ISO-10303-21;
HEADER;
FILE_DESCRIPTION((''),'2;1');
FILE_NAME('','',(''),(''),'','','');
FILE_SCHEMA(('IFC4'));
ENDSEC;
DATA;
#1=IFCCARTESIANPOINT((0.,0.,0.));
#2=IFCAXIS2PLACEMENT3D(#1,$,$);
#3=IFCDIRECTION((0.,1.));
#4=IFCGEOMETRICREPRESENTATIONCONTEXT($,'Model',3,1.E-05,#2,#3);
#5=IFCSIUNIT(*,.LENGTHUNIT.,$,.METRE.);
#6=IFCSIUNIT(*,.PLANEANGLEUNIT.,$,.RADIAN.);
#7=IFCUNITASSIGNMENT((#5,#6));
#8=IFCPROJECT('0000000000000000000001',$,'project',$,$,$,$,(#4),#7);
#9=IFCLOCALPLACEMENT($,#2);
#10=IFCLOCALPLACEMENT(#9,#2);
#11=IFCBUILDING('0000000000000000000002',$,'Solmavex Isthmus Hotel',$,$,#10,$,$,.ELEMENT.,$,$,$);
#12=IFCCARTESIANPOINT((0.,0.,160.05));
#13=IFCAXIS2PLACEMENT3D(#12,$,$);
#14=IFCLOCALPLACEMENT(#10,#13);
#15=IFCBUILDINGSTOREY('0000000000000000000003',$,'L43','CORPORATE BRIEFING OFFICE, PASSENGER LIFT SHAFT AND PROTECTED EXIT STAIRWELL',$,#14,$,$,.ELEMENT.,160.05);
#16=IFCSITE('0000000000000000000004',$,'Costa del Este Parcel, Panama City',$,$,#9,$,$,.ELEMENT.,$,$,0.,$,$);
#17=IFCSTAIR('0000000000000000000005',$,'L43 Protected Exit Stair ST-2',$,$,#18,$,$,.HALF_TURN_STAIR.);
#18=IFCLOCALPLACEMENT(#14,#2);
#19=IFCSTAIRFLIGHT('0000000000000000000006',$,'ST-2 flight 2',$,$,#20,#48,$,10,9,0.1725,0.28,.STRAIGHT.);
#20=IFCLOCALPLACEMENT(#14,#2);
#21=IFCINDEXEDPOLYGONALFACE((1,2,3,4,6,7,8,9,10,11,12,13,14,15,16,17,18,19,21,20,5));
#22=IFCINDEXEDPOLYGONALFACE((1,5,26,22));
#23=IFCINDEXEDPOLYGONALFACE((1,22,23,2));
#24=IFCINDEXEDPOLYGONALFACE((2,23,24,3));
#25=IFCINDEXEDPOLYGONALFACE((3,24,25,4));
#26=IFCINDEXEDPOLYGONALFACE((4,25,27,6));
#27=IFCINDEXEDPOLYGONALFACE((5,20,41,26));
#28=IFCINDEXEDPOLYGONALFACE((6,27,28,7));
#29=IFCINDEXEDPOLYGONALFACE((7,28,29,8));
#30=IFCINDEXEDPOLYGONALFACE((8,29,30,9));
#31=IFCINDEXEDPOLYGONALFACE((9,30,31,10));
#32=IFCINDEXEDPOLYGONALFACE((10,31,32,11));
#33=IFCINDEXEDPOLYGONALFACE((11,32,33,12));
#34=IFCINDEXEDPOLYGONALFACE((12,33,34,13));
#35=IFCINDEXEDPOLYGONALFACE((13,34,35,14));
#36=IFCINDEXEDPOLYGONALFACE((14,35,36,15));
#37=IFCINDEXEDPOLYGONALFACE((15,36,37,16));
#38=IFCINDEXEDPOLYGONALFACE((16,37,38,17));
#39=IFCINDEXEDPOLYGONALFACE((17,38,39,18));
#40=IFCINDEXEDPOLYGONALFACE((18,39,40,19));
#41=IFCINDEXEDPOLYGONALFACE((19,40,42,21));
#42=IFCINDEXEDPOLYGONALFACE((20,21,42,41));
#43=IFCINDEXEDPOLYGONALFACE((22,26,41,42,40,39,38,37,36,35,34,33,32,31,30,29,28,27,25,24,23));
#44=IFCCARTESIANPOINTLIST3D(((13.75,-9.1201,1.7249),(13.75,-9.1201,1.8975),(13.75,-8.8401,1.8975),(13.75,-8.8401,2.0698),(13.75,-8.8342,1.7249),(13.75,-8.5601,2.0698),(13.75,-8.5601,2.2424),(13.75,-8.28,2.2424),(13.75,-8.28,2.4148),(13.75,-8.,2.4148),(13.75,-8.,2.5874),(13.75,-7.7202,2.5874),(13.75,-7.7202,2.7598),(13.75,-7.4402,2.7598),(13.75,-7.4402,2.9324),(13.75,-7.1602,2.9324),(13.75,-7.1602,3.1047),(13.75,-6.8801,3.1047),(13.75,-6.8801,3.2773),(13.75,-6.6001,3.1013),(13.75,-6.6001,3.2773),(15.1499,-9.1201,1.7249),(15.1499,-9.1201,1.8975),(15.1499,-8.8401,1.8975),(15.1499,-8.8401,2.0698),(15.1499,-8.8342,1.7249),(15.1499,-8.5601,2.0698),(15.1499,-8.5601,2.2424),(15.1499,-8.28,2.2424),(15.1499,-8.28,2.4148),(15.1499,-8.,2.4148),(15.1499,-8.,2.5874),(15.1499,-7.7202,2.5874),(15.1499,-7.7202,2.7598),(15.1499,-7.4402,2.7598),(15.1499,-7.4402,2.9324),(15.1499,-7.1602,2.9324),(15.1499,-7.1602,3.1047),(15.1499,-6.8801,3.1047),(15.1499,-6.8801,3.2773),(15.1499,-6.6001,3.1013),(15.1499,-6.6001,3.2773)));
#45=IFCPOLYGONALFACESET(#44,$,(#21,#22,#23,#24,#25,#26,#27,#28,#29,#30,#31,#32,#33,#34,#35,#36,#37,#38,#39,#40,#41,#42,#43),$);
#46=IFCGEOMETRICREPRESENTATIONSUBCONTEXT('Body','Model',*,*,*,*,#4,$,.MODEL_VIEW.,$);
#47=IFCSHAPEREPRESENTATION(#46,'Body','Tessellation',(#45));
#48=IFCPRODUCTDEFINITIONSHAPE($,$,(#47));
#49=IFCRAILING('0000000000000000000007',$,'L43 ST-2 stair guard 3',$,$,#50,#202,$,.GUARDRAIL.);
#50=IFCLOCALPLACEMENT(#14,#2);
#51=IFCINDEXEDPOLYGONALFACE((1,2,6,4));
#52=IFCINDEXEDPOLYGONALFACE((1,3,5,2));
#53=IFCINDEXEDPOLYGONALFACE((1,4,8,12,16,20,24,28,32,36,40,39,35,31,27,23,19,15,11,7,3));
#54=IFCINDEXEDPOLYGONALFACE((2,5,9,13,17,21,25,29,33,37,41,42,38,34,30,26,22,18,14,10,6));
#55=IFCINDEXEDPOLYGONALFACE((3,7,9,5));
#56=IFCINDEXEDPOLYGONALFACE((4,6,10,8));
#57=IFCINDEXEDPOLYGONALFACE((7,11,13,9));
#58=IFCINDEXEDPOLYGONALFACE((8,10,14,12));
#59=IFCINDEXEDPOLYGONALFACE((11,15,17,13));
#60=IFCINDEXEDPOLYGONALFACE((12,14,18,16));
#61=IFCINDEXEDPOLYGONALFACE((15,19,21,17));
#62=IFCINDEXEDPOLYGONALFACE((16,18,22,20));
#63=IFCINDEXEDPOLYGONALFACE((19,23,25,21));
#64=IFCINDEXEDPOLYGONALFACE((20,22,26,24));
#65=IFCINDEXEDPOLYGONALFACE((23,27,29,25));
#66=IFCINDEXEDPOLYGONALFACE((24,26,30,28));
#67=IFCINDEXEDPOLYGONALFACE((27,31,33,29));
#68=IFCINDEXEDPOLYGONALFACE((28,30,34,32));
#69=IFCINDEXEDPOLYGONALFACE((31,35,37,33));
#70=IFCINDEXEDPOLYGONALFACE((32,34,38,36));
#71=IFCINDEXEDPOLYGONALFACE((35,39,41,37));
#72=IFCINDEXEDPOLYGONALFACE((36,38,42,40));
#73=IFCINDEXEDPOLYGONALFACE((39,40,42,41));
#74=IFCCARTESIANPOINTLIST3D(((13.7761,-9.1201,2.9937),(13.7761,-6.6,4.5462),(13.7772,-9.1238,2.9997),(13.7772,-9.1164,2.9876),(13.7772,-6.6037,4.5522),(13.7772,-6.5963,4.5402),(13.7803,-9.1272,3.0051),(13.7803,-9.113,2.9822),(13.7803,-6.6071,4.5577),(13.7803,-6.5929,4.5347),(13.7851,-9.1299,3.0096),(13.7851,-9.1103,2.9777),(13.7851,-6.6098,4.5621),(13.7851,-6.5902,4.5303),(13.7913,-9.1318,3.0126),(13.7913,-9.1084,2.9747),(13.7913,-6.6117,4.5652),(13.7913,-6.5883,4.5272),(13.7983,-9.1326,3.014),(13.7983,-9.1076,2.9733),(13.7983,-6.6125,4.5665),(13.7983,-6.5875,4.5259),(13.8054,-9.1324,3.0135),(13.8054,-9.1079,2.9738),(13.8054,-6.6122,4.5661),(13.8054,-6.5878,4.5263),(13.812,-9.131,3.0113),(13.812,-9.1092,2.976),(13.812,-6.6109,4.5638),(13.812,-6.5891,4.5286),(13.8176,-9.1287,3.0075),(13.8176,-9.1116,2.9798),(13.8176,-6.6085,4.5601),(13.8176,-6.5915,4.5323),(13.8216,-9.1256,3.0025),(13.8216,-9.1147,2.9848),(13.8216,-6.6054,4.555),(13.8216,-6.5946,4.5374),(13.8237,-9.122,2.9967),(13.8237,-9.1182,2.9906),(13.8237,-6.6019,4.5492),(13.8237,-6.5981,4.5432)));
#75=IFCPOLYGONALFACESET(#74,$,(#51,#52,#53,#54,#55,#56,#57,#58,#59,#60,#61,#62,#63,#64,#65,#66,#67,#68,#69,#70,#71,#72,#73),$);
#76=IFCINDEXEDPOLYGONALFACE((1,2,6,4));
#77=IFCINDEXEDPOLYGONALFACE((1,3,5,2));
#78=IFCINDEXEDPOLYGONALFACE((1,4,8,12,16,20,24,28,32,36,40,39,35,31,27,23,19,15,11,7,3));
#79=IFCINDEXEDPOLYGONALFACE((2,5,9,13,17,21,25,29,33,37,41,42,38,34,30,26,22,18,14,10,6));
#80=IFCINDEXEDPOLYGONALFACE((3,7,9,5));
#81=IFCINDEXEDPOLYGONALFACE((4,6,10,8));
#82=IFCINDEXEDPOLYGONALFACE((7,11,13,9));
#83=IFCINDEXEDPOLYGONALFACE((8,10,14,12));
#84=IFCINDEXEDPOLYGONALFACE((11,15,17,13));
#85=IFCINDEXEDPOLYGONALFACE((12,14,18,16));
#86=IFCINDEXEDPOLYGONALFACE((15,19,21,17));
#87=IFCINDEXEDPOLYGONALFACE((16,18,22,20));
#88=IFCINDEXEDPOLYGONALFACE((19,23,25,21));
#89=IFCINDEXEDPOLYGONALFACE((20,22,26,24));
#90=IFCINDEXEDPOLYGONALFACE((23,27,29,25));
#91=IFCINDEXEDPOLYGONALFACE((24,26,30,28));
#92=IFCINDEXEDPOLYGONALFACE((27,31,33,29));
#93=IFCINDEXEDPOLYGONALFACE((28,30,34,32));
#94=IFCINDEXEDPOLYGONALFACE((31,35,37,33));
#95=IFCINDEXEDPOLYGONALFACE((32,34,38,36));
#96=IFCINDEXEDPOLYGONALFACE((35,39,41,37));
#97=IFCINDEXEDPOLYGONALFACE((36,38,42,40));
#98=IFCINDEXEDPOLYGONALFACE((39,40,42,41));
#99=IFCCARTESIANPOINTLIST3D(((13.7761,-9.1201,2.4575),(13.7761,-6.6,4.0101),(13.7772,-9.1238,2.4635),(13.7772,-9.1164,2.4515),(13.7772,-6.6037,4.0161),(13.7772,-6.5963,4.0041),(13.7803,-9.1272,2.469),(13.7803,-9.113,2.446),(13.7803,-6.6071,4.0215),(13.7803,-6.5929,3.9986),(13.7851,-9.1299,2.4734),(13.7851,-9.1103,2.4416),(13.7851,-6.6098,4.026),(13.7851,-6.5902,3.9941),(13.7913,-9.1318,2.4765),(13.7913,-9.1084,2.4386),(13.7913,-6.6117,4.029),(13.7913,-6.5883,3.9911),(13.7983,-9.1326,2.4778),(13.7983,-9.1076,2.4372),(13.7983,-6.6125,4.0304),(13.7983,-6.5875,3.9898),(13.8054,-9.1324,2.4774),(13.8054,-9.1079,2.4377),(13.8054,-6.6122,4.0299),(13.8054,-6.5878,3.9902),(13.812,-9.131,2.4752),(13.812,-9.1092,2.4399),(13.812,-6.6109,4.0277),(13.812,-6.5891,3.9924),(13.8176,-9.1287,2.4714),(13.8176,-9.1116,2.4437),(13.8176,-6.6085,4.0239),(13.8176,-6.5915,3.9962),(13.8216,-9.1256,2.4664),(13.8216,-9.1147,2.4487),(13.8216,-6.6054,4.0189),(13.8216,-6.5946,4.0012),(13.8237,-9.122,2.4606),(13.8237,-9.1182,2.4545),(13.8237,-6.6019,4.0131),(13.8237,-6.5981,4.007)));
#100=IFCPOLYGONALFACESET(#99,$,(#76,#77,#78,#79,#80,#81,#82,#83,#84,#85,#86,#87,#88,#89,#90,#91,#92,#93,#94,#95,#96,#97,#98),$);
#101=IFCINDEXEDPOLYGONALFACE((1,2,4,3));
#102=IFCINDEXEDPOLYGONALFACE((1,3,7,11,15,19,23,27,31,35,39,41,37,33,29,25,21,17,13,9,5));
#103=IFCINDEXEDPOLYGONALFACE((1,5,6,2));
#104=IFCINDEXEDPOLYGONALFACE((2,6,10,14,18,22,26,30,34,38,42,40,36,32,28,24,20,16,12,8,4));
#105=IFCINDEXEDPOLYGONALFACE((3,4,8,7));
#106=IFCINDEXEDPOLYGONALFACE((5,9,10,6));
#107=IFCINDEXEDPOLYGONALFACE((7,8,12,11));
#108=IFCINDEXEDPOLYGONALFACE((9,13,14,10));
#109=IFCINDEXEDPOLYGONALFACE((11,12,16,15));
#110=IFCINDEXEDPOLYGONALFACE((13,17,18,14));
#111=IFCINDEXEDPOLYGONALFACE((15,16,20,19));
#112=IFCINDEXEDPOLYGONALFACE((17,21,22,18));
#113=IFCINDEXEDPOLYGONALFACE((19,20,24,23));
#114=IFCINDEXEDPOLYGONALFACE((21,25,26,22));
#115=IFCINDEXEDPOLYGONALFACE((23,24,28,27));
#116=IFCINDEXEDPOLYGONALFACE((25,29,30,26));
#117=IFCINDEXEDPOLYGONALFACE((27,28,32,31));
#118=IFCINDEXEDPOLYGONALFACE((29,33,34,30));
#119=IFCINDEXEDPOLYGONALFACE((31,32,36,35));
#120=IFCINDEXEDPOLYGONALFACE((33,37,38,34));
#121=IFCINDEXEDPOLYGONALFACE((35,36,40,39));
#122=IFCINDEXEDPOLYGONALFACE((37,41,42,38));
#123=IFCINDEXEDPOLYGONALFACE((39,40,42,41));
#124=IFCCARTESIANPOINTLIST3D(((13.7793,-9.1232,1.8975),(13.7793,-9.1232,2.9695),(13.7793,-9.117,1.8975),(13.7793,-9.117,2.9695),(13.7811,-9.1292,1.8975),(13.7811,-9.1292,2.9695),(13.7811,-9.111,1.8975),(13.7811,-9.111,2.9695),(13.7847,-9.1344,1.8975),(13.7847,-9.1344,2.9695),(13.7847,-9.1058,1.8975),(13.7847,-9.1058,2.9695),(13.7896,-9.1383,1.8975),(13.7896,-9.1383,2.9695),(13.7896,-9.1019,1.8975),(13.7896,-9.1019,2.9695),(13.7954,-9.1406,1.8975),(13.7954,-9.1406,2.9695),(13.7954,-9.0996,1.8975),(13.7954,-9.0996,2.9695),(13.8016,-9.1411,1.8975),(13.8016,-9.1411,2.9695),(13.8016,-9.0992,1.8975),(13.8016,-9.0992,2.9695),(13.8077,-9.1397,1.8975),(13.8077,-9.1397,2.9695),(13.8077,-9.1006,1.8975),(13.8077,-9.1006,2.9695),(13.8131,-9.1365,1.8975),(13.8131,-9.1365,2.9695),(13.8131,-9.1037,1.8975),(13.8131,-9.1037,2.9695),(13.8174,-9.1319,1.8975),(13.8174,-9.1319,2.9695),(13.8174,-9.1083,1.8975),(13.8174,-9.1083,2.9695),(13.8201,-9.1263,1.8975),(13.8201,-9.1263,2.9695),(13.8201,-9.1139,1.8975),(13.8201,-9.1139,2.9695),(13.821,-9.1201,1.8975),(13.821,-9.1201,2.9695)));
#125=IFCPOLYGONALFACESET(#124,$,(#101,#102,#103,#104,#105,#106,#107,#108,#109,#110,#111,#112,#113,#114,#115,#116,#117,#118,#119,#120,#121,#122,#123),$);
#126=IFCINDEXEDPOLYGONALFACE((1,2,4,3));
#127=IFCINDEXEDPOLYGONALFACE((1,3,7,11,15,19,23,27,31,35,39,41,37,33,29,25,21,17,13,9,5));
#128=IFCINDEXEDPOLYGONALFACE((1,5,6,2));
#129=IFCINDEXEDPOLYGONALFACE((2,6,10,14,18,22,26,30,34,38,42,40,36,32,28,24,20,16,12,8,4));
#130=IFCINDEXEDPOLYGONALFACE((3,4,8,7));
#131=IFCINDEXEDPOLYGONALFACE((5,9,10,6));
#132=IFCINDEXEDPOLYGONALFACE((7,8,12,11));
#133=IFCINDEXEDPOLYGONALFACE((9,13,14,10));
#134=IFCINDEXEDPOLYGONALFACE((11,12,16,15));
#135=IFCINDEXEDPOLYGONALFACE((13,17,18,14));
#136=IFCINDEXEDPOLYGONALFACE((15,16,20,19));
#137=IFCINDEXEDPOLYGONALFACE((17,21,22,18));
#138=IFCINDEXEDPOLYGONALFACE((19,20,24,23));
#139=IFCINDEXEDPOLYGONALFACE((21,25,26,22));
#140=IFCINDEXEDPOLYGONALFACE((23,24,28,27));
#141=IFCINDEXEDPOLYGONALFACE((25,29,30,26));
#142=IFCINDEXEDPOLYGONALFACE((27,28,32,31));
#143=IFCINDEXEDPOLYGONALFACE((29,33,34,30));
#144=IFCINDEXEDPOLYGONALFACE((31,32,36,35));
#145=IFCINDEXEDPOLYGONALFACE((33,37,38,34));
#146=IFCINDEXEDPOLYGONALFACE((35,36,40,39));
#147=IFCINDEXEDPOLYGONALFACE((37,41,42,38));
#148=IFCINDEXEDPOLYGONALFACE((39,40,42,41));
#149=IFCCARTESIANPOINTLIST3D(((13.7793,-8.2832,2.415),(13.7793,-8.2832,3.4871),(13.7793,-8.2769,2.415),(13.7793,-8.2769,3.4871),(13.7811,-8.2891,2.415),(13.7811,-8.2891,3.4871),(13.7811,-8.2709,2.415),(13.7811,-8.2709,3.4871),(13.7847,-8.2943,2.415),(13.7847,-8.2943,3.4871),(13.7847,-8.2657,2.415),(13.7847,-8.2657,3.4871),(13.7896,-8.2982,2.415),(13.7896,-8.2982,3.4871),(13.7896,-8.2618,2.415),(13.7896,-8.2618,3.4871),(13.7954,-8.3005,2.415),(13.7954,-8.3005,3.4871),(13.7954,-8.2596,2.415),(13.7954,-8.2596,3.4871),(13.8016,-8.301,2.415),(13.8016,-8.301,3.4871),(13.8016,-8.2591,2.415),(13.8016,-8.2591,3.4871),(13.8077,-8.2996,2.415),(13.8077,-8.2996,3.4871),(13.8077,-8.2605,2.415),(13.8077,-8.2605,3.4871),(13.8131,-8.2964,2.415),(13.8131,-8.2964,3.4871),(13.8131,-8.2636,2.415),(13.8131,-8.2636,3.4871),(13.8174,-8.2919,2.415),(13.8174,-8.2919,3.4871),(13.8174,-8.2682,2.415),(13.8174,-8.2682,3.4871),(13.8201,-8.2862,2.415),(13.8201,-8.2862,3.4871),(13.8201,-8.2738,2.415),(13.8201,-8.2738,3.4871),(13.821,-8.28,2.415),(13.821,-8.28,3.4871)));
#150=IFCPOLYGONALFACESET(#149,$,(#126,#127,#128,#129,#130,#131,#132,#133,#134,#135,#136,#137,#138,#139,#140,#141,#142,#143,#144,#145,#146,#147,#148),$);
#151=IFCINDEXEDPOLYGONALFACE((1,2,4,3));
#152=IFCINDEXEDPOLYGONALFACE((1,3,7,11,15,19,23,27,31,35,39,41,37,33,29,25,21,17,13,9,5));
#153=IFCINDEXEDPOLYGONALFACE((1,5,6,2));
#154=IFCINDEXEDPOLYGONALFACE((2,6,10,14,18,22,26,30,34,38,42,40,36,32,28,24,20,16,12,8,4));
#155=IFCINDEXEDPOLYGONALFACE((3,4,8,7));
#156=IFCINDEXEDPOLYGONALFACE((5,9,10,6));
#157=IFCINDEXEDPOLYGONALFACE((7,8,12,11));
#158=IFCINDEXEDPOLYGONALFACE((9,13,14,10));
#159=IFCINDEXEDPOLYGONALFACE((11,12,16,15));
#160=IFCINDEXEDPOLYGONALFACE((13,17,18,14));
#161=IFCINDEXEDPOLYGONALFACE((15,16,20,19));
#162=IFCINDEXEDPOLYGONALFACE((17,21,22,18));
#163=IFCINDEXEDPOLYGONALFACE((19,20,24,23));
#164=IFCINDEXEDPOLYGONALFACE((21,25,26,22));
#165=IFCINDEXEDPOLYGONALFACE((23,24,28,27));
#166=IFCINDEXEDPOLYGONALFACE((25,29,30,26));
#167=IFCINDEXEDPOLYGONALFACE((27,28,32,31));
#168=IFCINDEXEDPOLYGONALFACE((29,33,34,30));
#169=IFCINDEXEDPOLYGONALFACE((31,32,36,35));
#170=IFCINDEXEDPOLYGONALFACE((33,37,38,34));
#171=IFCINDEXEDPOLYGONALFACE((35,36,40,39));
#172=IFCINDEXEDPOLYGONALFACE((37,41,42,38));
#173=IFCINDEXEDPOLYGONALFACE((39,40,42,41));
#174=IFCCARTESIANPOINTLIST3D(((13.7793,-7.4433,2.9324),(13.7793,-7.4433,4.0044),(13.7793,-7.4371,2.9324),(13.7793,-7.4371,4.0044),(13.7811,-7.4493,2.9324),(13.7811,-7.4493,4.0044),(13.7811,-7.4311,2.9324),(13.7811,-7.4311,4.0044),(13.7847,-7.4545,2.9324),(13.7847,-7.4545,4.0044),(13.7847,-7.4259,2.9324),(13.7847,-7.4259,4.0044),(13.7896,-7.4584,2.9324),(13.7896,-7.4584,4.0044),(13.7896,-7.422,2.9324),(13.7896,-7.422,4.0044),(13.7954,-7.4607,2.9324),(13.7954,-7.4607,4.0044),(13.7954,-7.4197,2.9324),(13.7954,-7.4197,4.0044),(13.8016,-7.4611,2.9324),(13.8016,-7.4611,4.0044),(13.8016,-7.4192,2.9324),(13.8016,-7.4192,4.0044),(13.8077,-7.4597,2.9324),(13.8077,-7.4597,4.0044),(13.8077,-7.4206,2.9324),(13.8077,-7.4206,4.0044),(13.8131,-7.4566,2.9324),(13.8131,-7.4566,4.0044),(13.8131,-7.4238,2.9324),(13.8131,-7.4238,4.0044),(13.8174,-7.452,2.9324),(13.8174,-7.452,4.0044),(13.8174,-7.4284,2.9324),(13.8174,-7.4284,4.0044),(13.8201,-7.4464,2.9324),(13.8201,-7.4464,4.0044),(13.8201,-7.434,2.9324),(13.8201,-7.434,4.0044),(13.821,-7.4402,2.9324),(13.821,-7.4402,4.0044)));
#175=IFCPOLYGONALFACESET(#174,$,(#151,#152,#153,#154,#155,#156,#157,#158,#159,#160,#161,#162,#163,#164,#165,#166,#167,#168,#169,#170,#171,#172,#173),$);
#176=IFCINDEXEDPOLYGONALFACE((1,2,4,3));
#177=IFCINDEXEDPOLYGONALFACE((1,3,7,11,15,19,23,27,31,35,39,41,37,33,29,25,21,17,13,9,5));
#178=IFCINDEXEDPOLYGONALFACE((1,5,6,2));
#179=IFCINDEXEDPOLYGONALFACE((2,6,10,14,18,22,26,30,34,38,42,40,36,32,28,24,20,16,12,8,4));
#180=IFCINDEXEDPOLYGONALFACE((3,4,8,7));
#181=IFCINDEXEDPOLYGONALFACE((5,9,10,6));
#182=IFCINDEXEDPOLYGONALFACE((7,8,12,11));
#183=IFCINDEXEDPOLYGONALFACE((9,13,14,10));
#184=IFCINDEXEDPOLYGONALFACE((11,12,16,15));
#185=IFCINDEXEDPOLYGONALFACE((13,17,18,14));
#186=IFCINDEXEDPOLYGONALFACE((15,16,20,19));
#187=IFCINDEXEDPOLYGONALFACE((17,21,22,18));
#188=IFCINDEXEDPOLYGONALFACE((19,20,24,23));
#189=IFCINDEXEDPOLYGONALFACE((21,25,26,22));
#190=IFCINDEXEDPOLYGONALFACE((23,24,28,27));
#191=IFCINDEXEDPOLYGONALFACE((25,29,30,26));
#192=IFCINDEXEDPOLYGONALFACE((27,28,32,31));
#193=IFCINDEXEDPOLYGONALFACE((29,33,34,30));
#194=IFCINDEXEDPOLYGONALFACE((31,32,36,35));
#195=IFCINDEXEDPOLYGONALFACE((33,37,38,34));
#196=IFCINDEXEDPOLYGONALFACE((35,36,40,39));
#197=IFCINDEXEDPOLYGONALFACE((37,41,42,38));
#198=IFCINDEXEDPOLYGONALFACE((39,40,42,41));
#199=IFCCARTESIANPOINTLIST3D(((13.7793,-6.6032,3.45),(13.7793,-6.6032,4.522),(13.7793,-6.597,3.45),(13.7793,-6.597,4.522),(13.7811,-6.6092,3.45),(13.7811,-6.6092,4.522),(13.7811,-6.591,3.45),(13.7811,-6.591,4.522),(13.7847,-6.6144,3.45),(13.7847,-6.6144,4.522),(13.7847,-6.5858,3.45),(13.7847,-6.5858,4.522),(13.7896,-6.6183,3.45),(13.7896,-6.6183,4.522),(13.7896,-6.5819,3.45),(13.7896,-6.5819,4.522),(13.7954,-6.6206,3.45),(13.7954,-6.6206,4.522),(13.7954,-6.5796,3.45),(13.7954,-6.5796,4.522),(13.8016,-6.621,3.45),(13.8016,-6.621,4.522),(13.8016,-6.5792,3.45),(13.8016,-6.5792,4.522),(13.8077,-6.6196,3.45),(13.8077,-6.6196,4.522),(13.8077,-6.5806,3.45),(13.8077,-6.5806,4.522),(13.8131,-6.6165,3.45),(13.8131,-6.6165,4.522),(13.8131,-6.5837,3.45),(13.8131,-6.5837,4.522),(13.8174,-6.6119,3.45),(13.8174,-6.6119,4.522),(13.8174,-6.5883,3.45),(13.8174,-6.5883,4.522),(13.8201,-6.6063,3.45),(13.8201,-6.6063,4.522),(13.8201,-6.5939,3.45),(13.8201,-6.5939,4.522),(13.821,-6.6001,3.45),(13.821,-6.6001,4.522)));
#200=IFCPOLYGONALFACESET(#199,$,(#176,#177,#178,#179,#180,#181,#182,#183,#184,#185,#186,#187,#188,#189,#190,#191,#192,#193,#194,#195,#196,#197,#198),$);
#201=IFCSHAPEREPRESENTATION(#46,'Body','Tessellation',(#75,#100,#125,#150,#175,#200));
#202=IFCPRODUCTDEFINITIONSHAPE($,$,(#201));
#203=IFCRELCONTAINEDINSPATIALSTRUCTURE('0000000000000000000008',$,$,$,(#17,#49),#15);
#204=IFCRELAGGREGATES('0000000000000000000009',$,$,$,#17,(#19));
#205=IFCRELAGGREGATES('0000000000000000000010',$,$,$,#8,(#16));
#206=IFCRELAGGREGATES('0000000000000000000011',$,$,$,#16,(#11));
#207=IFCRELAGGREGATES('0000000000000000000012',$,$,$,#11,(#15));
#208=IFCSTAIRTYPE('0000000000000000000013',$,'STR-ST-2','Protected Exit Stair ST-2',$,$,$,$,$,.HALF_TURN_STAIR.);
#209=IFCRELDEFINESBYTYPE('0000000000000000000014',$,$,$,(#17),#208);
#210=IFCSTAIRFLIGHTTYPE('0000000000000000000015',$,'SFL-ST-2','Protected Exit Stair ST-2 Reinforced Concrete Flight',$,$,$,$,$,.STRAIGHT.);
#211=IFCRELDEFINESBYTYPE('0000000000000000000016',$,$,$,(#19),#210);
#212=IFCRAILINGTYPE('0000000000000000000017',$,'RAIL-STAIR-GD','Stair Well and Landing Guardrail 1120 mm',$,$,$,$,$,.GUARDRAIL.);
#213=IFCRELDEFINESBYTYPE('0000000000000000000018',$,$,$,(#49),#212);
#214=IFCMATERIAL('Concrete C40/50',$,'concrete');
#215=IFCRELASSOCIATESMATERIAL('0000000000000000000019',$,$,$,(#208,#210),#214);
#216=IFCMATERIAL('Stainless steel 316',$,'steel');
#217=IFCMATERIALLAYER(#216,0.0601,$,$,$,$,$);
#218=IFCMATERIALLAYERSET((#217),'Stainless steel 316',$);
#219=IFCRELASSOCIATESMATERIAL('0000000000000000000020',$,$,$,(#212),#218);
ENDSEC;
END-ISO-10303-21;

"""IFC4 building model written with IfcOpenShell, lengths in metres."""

from ifc_helpers import new_model, si_unit, direction, frame, origin, origin_2d, place, context, subcontext, project, spatial, polyline, circle, outline, extrude, material, layer, layer_set, type_object, element, aggregate, save


model = new_model("IFC4")

# Units and contexts
model_context = context("Model", 3, precision=1e-05, world=origin(), true_north=direction((0.0, 1.0)))
body_context = subcontext(model_context, "Body", "Model", "MODEL_VIEW")
ifc_project = project(units=[si_unit("LENGTHUNIT", "METRE"), si_unit("PLANEANGLEUNIT", "RADIAN")], contexts=[model_context])

# Site, building, storey
site_placement = place(None, origin())
site = spatial("IfcSite", under=ifc_project, at=site_placement, Name="Costa del Este Parcel, Panama City", CompositionType="ELEMENT", RefElevation=0.0)
building_placement = place(site_placement, origin())
building = spatial("IfcBuilding", under=site, at=building_placement, Name="Solmavex Isthmus Hotel", CompositionType="ELEMENT")
storey_placement = place(building_placement, frame((0.0, 0.0, 160.05)))
storey = spatial("IfcBuildingStorey", under=building, at=storey_placement, Name="L43", Description="CORPORATE BRIEFING OFFICE, PASSENGER LIFT SHAFT AND PROTECTED EXIT STAIRWELL", CompositionType="ELEMENT", Elevation=160.05)

# Shared definitions
ifc_material_1 = material(Name="Concrete C40/50", Category="concrete")

# Stair, stair flight
stair_type = type_object("IfcStairType", Name="STR-ST-2", Description="Protected Exit Stair ST-2", PredefinedType="HALF_TURN_STAIR", material=ifc_material_1)
stair_placement = place(storey_placement, origin())
stair = element("IfcStair", 1, at=stair_placement, inside=storey, type_object=stair_type, Name="L43 Protected Exit Stair ST-2", PredefinedType="HALF_TURN_STAIR")
stair_flight_type = type_object("IfcStairFlightType", Name="SFL-ST-2", Description="Protected Exit Stair ST-2 Reinforced Concrete Flight", PredefinedType="STRAIGHT", material=ifc_material_1)
stair_flight_placement = place(storey_placement, frame((14.45, -9.1201, 1.7249), z_axis=(0.0, 0.0, 1.0), x_axis=(0.0, 1.0, 0.0)))
stair_flight = element("IfcStairFlight", 2, at=stair_flight_placement, type_object=stair_flight_type, Name="ST-2 flight 2", NumberOfRisers=10, NumberOfTreads=9, PredefinedType="STRAIGHT", RiserHeight=0.1725, TreadLength=0.28, context=body_context, shape_type="SweptSolid", body=[
    extrude(outline(polyline([(0.0, 0.0), (0.0, 0.1726), (0.28, 0.1726), (0.28, 0.345), (0.5601, 0.345), (0.5601, 0.5176), (0.8401, 0.5176), (0.8401, 0.6899), (1.1201, 0.6899), (1.1201, 0.8625), (1.3999, 0.8625), (1.3999, 1.0349), (1.6799, 1.0349), (1.6799, 1.2075), (1.96, 1.2075), (1.96, 1.3799), (2.24, 1.3799), (2.24, 1.5525), (2.52, 1.5525), (2.52, 1.7251), (2.52, 1.3765), (0.2859, 0.0), (0.0, 0.0)])), frame((0.0, 0.7, 0.0), z_axis=(0.0, -1.0, 0.0), x_axis=(1.0, 0.0, 0.0)), (0.0, 0.0, 1.0), 1.3999),
])
aggregate(stair, [stair_flight])

# Railing
ifc_material_2 = material(Name="Stainless steel 316", Category="steel")
ifc_layer_1 = layer(ifc_material_2, 0.0601)
ifc_layer_set_1 = layer_set([ifc_layer_1], Name="Stainless steel 316")
railing_type_1 = type_object("IfcRailingType", Name="RAIL-STAIR-GD", Description="Stair Well and Landing Guardrail 1120 mm", PredefinedType="GUARDRAIL", material=ifc_layer_set_1)
railing_1_placement = place(storey_placement, frame((13.8, -9.1201, 1.8975)))
element("IfcRailing", 3, at=railing_1_placement, inside=storey, type_object=railing_type_1, Name="L43 ST-2 stair guard 3", PredefinedType="GUARDRAIL", context=body_context, shape_type="SweptSolid", body=[
    extrude(circle(Radius=0.0239, at=origin_2d()), frame((0.0, 0.0, 1.0962), z_axis=(0.0, 0.8514, 0.524516), x_axis=(-1.0, 0.0, 0.0)), (0.0, 0.0, 1.0), 2.96),
    extrude(circle(Radius=0.0239, at=origin_2d()), frame((0.0, 0.0, 0.5601), z_axis=(0.0, 0.8514, 0.524516), x_axis=(-1.0, 0.0, 0.0)), (0.0, 0.0, 1.0), 2.96),
    extrude(circle(Radius=0.021, at=origin_2d()), origin(), (0.0, 0.0, 1.0), 1.072),
    extrude(circle(Radius=0.021, at=origin_2d()), frame((0.0, 0.8401, 0.5176)), (0.0, 0.0, 1.0), 1.072),
    extrude(circle(Radius=0.021, at=origin_2d()), frame((0.0, 1.6799, 1.0349)), (0.0, 0.0, 1.0), 1.072),
    extrude(circle(Radius=0.021, at=origin_2d()), frame((0.0, 2.52, 1.5525)), (0.0, 0.0, 1.0), 1.072),
])

save(model, "model.ifc")
